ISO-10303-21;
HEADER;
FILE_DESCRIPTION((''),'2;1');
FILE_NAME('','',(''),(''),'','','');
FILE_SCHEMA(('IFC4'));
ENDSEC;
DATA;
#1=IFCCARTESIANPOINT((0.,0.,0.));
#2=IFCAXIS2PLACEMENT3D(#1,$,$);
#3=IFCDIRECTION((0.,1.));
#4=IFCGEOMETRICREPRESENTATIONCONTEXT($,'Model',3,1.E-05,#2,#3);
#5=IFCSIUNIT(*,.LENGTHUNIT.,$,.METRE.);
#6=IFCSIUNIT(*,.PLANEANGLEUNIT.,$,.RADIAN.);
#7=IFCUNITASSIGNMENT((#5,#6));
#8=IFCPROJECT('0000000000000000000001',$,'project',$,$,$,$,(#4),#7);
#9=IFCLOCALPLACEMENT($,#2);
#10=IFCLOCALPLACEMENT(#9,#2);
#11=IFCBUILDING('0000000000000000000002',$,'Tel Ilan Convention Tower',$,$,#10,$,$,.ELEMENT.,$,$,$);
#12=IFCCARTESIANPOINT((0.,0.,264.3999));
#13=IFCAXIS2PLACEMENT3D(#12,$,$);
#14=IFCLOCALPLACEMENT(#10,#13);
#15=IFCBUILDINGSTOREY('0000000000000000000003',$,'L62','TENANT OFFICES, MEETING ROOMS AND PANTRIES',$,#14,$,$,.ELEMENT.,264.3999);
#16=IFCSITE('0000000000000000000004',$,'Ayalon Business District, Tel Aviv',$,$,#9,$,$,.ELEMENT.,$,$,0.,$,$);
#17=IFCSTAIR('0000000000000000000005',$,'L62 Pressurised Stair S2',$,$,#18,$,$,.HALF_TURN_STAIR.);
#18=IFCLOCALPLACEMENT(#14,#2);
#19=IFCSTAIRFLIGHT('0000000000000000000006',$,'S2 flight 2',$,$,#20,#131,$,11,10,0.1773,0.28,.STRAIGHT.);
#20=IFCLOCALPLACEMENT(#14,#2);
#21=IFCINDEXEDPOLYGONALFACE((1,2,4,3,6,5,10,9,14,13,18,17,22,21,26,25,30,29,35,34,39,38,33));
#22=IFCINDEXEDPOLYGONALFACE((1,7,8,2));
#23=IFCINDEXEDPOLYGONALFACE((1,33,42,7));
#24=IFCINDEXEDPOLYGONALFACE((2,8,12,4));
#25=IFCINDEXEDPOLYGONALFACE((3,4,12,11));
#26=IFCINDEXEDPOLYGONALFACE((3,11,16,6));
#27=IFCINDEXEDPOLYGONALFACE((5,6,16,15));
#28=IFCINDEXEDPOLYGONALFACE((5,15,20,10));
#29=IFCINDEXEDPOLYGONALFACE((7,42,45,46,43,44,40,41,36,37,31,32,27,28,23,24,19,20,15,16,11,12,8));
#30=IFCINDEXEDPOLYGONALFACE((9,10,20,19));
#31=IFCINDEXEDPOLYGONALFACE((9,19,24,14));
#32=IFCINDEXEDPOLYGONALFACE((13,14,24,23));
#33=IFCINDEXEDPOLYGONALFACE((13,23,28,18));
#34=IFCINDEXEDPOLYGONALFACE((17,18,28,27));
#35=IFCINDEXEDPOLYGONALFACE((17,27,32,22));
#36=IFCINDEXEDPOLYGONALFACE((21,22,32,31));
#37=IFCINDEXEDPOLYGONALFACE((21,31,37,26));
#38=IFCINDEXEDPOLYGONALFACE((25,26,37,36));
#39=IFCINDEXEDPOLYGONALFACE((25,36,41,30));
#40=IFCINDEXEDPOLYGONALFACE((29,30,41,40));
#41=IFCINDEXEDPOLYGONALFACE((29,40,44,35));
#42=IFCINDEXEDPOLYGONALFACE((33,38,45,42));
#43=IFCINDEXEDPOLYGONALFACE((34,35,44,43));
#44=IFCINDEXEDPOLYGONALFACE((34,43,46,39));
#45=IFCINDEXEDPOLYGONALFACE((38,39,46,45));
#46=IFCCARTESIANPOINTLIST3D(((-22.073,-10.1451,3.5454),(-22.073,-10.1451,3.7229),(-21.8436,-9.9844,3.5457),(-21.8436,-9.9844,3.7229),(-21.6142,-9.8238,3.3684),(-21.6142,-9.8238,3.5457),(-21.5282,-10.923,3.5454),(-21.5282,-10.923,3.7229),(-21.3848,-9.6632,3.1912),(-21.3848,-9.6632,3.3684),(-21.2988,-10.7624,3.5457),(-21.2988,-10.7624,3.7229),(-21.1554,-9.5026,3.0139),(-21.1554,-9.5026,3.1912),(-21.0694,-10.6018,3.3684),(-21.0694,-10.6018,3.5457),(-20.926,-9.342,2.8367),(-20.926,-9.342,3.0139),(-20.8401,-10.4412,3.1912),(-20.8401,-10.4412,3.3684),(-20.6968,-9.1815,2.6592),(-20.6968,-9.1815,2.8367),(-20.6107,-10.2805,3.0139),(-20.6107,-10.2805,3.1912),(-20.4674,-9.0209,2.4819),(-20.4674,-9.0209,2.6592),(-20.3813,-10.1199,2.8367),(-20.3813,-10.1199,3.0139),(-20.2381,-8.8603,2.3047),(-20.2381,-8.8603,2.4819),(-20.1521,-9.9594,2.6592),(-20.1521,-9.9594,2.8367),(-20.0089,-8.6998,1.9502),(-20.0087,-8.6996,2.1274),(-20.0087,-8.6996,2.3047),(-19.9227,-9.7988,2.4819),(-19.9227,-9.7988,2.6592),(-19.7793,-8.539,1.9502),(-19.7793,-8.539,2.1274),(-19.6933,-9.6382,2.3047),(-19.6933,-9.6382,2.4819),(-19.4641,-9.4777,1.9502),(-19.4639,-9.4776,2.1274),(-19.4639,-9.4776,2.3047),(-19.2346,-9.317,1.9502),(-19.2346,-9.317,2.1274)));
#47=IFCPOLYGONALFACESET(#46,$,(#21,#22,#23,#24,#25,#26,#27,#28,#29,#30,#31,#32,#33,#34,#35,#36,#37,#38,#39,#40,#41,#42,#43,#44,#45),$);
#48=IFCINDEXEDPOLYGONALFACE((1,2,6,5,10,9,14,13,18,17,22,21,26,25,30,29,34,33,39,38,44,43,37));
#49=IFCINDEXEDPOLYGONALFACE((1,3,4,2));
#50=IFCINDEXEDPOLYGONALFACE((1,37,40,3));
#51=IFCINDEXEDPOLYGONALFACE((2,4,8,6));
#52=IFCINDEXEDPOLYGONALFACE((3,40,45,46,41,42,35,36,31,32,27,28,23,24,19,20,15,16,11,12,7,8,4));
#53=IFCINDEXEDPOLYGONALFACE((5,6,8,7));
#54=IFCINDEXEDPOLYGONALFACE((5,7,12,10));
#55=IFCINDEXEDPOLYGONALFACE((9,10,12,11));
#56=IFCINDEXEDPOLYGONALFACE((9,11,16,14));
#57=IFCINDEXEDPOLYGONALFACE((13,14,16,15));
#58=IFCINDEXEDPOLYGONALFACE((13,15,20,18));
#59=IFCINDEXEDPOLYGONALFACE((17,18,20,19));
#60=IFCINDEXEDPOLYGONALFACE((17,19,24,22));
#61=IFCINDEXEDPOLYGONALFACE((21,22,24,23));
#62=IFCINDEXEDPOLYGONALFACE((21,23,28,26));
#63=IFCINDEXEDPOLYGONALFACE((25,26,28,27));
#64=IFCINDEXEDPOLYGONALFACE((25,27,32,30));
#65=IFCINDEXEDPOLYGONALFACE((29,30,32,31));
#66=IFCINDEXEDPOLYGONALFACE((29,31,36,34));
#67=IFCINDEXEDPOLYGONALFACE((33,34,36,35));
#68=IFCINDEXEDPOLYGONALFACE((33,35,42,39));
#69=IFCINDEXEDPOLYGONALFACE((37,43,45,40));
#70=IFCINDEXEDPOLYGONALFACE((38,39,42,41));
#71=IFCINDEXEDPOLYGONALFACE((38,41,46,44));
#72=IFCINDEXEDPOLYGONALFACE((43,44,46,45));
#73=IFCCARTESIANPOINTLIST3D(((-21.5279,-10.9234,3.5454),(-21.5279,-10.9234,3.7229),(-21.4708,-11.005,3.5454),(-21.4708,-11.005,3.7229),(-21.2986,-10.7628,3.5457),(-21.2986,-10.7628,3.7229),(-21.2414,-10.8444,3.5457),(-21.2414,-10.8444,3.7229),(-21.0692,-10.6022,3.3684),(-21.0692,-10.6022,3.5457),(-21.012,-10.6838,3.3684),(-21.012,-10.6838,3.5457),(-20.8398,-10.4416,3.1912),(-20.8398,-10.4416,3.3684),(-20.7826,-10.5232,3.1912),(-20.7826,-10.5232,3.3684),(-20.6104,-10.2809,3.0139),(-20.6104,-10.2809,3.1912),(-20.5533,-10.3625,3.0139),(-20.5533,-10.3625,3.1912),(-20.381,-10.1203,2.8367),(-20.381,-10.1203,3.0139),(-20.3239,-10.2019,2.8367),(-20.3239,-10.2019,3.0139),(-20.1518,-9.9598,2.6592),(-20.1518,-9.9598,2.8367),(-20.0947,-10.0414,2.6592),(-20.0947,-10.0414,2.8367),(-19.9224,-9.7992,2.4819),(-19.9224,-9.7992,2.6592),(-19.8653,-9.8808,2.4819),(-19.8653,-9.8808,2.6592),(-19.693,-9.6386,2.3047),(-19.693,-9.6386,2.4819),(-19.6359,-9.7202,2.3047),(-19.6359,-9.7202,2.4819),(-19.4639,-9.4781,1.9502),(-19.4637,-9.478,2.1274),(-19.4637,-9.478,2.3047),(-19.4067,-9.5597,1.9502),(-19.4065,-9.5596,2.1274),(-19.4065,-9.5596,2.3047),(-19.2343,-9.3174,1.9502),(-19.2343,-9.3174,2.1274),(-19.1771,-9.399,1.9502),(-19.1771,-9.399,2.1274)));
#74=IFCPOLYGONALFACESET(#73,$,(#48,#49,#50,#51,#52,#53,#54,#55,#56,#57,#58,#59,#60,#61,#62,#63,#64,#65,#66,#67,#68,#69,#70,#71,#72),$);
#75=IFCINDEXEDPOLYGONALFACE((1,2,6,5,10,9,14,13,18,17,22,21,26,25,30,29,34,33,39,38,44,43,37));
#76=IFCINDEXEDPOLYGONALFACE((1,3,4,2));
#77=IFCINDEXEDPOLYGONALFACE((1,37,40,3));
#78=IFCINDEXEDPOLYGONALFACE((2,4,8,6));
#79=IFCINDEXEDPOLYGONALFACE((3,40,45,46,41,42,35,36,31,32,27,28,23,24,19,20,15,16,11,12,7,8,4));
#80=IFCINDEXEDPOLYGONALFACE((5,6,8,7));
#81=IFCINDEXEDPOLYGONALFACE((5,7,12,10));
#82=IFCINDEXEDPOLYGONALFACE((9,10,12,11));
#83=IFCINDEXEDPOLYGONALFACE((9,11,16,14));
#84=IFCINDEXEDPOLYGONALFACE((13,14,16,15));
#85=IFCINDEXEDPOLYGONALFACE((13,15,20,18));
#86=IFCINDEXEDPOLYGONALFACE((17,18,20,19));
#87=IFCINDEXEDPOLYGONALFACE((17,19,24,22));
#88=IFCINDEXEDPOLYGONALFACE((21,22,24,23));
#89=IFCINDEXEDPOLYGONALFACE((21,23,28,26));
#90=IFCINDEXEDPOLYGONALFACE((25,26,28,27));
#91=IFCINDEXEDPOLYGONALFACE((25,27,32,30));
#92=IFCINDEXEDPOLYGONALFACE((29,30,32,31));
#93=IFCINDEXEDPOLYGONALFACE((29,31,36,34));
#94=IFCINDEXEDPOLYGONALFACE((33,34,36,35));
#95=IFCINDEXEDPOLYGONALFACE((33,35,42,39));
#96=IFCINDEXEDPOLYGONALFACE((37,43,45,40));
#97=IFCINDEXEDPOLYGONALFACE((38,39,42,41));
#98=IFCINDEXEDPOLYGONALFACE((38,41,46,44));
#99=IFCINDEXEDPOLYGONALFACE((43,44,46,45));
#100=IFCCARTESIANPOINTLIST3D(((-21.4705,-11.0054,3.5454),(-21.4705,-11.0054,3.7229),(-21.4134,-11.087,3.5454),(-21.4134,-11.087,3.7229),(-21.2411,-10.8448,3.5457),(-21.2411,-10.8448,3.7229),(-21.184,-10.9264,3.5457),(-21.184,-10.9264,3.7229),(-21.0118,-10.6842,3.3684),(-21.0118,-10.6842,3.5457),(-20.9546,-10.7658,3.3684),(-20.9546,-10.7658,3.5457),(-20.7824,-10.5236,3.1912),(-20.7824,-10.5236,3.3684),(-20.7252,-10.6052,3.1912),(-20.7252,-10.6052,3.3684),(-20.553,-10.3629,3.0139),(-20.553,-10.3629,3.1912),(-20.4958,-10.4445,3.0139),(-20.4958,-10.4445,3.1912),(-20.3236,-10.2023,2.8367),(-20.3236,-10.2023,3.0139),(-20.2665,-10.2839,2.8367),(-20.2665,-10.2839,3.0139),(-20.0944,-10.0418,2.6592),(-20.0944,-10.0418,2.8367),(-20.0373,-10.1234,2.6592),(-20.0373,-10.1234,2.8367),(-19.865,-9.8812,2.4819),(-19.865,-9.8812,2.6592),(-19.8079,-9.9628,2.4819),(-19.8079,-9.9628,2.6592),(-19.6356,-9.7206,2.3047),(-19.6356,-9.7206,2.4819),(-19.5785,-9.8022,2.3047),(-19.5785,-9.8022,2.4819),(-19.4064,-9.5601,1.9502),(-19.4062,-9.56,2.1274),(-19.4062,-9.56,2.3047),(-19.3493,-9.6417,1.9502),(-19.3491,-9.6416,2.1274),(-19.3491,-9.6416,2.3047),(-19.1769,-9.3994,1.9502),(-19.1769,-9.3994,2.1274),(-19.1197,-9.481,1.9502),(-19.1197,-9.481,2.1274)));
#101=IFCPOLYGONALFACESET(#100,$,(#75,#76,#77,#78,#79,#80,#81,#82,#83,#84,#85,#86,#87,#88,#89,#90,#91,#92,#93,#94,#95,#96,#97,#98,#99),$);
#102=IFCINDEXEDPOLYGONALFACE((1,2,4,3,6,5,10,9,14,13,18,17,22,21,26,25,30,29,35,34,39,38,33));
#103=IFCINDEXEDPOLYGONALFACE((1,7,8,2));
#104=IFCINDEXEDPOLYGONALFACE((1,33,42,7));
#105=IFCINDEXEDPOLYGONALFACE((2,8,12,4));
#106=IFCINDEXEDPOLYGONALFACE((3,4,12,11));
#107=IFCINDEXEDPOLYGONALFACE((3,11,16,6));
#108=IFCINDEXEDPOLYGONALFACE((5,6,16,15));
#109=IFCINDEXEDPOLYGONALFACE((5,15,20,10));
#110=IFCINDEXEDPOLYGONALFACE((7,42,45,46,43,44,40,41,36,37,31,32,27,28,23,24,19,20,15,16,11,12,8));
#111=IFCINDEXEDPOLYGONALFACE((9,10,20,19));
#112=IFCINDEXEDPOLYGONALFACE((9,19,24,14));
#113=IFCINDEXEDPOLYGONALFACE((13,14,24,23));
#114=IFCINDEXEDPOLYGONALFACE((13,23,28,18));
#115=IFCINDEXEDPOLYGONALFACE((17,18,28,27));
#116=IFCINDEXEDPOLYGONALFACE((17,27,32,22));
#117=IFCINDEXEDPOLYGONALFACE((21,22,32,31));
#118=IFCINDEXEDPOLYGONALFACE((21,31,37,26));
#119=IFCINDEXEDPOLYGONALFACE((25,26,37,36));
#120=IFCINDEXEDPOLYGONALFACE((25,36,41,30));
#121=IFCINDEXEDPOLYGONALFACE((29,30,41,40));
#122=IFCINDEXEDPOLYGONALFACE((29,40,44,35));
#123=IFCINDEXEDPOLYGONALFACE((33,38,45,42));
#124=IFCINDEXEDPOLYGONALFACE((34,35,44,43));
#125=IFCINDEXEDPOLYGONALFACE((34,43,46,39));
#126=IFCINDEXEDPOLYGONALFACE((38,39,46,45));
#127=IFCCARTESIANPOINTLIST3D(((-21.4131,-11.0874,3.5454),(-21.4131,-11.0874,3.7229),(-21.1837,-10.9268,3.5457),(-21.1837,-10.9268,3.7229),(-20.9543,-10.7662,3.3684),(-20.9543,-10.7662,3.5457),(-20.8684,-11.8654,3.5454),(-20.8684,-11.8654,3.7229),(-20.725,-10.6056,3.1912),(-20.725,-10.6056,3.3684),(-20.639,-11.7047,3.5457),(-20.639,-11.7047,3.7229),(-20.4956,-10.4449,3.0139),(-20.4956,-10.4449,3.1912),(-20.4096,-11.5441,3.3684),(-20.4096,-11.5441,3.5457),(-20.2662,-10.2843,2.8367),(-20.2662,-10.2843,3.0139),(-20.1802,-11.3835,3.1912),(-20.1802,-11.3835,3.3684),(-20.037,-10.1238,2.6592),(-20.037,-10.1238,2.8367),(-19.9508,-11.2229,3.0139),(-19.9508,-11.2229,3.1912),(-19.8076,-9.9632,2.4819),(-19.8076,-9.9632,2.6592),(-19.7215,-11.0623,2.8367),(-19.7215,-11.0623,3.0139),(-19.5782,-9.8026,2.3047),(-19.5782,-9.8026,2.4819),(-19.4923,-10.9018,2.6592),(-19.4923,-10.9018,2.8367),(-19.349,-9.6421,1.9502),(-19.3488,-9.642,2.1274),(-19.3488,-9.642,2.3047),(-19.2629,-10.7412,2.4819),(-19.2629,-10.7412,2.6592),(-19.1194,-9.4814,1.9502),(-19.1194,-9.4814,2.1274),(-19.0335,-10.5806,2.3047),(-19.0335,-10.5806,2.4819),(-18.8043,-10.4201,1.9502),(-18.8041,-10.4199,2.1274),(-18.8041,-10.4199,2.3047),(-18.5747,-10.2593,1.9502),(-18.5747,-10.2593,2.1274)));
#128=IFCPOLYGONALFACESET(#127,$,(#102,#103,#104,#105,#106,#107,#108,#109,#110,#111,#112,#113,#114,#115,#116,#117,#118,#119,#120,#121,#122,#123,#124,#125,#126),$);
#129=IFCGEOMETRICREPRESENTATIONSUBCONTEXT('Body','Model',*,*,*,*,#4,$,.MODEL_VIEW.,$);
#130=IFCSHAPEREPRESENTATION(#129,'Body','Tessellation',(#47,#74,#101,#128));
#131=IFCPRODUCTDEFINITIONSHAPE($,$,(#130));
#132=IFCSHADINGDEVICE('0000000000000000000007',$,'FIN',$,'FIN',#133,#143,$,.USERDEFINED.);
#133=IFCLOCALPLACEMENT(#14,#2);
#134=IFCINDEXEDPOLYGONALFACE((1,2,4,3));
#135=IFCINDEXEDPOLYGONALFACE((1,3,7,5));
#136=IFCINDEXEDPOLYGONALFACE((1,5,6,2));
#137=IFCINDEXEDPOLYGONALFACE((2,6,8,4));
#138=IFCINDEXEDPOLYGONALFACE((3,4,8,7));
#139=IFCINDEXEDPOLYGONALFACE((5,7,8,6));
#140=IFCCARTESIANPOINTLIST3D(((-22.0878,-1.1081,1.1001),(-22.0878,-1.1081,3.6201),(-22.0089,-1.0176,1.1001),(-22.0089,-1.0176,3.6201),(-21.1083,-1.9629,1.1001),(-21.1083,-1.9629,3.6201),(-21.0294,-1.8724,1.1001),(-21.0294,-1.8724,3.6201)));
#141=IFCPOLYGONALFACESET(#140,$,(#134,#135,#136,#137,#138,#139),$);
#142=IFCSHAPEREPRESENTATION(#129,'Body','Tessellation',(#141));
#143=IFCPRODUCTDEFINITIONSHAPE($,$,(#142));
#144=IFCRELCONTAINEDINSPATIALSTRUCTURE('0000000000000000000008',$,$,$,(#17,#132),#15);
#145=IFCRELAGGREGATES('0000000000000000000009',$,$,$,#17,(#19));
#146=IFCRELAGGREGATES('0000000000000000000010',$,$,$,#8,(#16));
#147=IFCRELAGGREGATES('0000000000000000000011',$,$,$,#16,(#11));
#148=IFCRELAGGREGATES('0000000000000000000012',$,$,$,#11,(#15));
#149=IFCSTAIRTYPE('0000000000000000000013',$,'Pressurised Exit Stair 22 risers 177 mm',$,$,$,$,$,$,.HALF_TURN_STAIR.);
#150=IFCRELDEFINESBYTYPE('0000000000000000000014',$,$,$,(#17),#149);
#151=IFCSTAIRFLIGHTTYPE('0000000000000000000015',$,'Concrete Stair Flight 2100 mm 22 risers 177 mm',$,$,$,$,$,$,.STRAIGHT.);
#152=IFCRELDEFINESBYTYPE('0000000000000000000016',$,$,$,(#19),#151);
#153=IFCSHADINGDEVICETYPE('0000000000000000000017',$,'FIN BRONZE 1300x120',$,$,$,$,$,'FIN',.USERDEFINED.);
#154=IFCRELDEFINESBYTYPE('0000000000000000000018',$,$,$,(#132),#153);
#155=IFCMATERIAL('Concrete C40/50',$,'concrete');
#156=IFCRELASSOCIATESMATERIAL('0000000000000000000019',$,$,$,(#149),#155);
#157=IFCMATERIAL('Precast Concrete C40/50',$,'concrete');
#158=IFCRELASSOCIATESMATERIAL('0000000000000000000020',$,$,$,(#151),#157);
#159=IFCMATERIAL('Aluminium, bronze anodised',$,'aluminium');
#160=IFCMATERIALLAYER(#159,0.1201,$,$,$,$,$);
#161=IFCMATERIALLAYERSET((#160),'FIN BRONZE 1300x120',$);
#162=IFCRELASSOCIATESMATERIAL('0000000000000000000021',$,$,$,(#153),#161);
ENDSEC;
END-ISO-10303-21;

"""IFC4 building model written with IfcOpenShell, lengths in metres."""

from ifc_helpers import new_model, si_unit, direction, frame, origin, origin_2d, place, context, subcontext, project, spatial, polyline, rectangle, outline, extrude, material, layer, layer_set, type_object, element, aggregate, save


model = new_model("IFC4")

# Units and contexts
model_context = context("Model", 3, precision=1e-05, world=origin(), true_north=direction((0.0, 1.0)))
body_context = subcontext(model_context, "Body", "Model", "MODEL_VIEW")
ifc_project = project(units=[si_unit("LENGTHUNIT", "METRE"), si_unit("PLANEANGLEUNIT", "RADIAN")], contexts=[model_context])

# Site, building, storey
site_placement = place(None, origin())
site = spatial("IfcSite", under=ifc_project, at=site_placement, Name="Ayalon Business District, Tel Aviv", CompositionType="ELEMENT", RefElevation=0.0)
building_placement = place(site_placement, origin())
building = spatial("IfcBuilding", under=site, at=building_placement, Name="Tel Ilan Convention Tower", CompositionType="ELEMENT")
storey_placement = place(building_placement, frame((0.0, 0.0, 264.3999)))
storey = spatial("IfcBuildingStorey", under=building, at=storey_placement, Name="L62", Description="TENANT OFFICES, MEETING ROOMS AND PANTRIES", CompositionType="ELEMENT", Elevation=264.3999)

# Stair, stair flight
ifc_material_1 = material(Name="Concrete C40/50", Category="concrete")
stair_type = type_object("IfcStairType", Name="Pressurised Exit Stair 22 risers 177 mm", PredefinedType="HALF_TURN_STAIR", material=ifc_material_1)
ifc_material_2 = material(Name="Precast Concrete C40/50", Category="concrete")
stair_flight_type = type_object("IfcStairFlightType", Name="Concrete Stair Flight 2100 mm 22 risers 177 mm", PredefinedType="STRAIGHT", material=ifc_material_2)
stair_1_placement = place(storey_placement, origin())
stair_1 = element("IfcStair", 1, at=stair_1_placement, inside=storey, type_object=stair_type, Name="L62 Pressurised Stair S2", PredefinedType="HALF_TURN_STAIR")
stair_flight_1_placement = place(storey_placement, frame((-19.177, -9.3992, 1.9502), z_axis=(0.0, 0.0, 1.0), x_axis=(-0.819152, -0.573576, 0.0)))
stair_flight_1 = element("IfcStairFlight", 2, at=stair_flight_1_placement, type_object=stair_flight_type, Name="S2 flight 2", NumberOfRisers=11, NumberOfTreads=10, PredefinedType="STRAIGHT", RiserHeight=0.1773, TreadLength=0.28, context=body_context, shape_type="SweptSolid", body=[
    extrude(outline(polyline([(0.0, 0.0), (0.0, 0.1772), (0.28, 0.1772), (0.28, 0.3545), (0.5601, 0.3545), (0.5601, 0.5317), (0.8401, 0.5317), (0.8401, 0.709), (1.1201, 0.709), (1.1201, 0.8865), (1.3999, 0.8865), (1.3999, 1.0637), (1.6799, 1.0637), (1.6799, 1.241), (1.96, 1.241), (1.96, 1.4182), (2.24, 1.4182), (2.24, 1.5955), (2.52, 1.5955), (2.52, 1.7727), (2.8, 1.7727), (2.8, 1.95), (2.8, 1.5952), (0.2803, 0.0), (0.0, 0.0)])), frame((0.0, -0.1003, 0.0), z_axis=(0.0, -1.0, 0.0), x_axis=(1.0, 0.0, 0.0)), (0.0, 0.0, 1.0), 0.9497),
    extrude(outline(polyline([(0.0, 0.0), (0.0, 0.1772), (0.28, 0.1772), (0.28, 0.3545), (0.5601, 0.3545), (0.5601, 0.5317), (0.8401, 0.5317), (0.8401, 0.709), (1.1201, 0.709), (1.1201, 0.8865), (1.3999, 0.8865), (1.3999, 1.0637), (1.6799, 1.0637), (1.6799, 1.241), (1.96, 1.241), (1.96, 1.4182), (2.24, 1.4182), (2.24, 1.5955), (2.52, 1.5955), (2.52, 1.7727), (2.8, 1.7727), (2.8, 1.95), (2.8, 1.5952), (0.2803, 0.0), (0.0, 0.0)])), frame((0.0, -0.0002, 0.0), z_axis=(0.0, -1.0, 0.0), x_axis=(1.0, 0.0, 0.0)), (0.0, 0.0, 1.0), 0.0996),
    extrude(outline(polyline([(0.0, 0.0), (0.0, 0.1772), (0.28, 0.1772), (0.28, 0.3545), (0.5601, 0.3545), (0.5601, 0.5317), (0.8401, 0.5317), (0.8401, 0.709), (1.1201, 0.709), (1.1201, 0.8865), (1.3999, 0.8865), (1.3999, 1.0637), (1.6799, 1.0637), (1.6799, 1.241), (1.96, 1.241), (1.96, 1.4182), (2.24, 1.4182), (2.24, 1.5955), (2.52, 1.5955), (2.52, 1.7727), (2.8, 1.7727), (2.8, 1.95), (2.8, 1.5952), (0.2803, 0.0), (0.0, 0.0)])), frame((0.0, 0.0999, 0.0), z_axis=(0.0, -1.0, 0.0), x_axis=(1.0, 0.0, 0.0)), (0.0, 0.0, 1.0), 0.0996),
    extrude(outline(polyline([(0.0, 0.0), (0.0, 0.1772), (0.28, 0.1772), (0.28, 0.3545), (0.5601, 0.3545), (0.5601, 0.5317), (0.8401, 0.5317), (0.8401, 0.709), (1.1201, 0.709), (1.1201, 0.8865), (1.3999, 0.8865), (1.3999, 1.0637), (1.6799, 1.0637), (1.6799, 1.241), (1.96, 1.241), (1.96, 1.4182), (2.24, 1.4182), (2.24, 1.5955), (2.52, 1.5955), (2.52, 1.7727), (2.8, 1.7727), (2.8, 1.95), (2.8, 1.5952), (0.2803, 0.0), (0.0, 0.0)])), frame((0.0, 1.05, 0.0), z_axis=(0.0, -1.0, 0.0), x_axis=(1.0, 0.0, 0.0)), (0.0, 0.0, 1.0), 0.9497),
])
aggregate(stair_1, [stair_flight_1])

# Shading device
ifc_material_3 = material(Name="Aluminium, bronze anodised", Category="aluminium")
ifc_layer_1 = layer(ifc_material_3, 0.1201)
ifc_layer_set_1 = layer_set([ifc_layer_1], Name="FIN BRONZE 1300x120")
shading_device_type = type_object("IfcShadingDeviceType", Name="FIN BRONZE 1300x120", ElementType="FIN", PredefinedType="USERDEFINED", material=ifc_layer_set_1)
shading_device_placement = place(storey_placement, frame((-21.5586, -1.4902, 1.1001), z_axis=(0.0, 0.0, 1.0), x_axis=(-0.753436, 0.657521, 0.0)))
element("IfcShadingDevice", 3, at=shading_device_placement, inside=storey, type_object=shading_device_type, Name="FIN", ObjectType="FIN", PredefinedType="USERDEFINED", context=body_context, shape_type="SweptSolid", body=[
    extrude(rectangle(XDim=1.3, YDim=0.1201, at=origin_2d()), origin(), (0.0, 0.0, 1.0), 2.52),
])

save(model, "model.ifc")
